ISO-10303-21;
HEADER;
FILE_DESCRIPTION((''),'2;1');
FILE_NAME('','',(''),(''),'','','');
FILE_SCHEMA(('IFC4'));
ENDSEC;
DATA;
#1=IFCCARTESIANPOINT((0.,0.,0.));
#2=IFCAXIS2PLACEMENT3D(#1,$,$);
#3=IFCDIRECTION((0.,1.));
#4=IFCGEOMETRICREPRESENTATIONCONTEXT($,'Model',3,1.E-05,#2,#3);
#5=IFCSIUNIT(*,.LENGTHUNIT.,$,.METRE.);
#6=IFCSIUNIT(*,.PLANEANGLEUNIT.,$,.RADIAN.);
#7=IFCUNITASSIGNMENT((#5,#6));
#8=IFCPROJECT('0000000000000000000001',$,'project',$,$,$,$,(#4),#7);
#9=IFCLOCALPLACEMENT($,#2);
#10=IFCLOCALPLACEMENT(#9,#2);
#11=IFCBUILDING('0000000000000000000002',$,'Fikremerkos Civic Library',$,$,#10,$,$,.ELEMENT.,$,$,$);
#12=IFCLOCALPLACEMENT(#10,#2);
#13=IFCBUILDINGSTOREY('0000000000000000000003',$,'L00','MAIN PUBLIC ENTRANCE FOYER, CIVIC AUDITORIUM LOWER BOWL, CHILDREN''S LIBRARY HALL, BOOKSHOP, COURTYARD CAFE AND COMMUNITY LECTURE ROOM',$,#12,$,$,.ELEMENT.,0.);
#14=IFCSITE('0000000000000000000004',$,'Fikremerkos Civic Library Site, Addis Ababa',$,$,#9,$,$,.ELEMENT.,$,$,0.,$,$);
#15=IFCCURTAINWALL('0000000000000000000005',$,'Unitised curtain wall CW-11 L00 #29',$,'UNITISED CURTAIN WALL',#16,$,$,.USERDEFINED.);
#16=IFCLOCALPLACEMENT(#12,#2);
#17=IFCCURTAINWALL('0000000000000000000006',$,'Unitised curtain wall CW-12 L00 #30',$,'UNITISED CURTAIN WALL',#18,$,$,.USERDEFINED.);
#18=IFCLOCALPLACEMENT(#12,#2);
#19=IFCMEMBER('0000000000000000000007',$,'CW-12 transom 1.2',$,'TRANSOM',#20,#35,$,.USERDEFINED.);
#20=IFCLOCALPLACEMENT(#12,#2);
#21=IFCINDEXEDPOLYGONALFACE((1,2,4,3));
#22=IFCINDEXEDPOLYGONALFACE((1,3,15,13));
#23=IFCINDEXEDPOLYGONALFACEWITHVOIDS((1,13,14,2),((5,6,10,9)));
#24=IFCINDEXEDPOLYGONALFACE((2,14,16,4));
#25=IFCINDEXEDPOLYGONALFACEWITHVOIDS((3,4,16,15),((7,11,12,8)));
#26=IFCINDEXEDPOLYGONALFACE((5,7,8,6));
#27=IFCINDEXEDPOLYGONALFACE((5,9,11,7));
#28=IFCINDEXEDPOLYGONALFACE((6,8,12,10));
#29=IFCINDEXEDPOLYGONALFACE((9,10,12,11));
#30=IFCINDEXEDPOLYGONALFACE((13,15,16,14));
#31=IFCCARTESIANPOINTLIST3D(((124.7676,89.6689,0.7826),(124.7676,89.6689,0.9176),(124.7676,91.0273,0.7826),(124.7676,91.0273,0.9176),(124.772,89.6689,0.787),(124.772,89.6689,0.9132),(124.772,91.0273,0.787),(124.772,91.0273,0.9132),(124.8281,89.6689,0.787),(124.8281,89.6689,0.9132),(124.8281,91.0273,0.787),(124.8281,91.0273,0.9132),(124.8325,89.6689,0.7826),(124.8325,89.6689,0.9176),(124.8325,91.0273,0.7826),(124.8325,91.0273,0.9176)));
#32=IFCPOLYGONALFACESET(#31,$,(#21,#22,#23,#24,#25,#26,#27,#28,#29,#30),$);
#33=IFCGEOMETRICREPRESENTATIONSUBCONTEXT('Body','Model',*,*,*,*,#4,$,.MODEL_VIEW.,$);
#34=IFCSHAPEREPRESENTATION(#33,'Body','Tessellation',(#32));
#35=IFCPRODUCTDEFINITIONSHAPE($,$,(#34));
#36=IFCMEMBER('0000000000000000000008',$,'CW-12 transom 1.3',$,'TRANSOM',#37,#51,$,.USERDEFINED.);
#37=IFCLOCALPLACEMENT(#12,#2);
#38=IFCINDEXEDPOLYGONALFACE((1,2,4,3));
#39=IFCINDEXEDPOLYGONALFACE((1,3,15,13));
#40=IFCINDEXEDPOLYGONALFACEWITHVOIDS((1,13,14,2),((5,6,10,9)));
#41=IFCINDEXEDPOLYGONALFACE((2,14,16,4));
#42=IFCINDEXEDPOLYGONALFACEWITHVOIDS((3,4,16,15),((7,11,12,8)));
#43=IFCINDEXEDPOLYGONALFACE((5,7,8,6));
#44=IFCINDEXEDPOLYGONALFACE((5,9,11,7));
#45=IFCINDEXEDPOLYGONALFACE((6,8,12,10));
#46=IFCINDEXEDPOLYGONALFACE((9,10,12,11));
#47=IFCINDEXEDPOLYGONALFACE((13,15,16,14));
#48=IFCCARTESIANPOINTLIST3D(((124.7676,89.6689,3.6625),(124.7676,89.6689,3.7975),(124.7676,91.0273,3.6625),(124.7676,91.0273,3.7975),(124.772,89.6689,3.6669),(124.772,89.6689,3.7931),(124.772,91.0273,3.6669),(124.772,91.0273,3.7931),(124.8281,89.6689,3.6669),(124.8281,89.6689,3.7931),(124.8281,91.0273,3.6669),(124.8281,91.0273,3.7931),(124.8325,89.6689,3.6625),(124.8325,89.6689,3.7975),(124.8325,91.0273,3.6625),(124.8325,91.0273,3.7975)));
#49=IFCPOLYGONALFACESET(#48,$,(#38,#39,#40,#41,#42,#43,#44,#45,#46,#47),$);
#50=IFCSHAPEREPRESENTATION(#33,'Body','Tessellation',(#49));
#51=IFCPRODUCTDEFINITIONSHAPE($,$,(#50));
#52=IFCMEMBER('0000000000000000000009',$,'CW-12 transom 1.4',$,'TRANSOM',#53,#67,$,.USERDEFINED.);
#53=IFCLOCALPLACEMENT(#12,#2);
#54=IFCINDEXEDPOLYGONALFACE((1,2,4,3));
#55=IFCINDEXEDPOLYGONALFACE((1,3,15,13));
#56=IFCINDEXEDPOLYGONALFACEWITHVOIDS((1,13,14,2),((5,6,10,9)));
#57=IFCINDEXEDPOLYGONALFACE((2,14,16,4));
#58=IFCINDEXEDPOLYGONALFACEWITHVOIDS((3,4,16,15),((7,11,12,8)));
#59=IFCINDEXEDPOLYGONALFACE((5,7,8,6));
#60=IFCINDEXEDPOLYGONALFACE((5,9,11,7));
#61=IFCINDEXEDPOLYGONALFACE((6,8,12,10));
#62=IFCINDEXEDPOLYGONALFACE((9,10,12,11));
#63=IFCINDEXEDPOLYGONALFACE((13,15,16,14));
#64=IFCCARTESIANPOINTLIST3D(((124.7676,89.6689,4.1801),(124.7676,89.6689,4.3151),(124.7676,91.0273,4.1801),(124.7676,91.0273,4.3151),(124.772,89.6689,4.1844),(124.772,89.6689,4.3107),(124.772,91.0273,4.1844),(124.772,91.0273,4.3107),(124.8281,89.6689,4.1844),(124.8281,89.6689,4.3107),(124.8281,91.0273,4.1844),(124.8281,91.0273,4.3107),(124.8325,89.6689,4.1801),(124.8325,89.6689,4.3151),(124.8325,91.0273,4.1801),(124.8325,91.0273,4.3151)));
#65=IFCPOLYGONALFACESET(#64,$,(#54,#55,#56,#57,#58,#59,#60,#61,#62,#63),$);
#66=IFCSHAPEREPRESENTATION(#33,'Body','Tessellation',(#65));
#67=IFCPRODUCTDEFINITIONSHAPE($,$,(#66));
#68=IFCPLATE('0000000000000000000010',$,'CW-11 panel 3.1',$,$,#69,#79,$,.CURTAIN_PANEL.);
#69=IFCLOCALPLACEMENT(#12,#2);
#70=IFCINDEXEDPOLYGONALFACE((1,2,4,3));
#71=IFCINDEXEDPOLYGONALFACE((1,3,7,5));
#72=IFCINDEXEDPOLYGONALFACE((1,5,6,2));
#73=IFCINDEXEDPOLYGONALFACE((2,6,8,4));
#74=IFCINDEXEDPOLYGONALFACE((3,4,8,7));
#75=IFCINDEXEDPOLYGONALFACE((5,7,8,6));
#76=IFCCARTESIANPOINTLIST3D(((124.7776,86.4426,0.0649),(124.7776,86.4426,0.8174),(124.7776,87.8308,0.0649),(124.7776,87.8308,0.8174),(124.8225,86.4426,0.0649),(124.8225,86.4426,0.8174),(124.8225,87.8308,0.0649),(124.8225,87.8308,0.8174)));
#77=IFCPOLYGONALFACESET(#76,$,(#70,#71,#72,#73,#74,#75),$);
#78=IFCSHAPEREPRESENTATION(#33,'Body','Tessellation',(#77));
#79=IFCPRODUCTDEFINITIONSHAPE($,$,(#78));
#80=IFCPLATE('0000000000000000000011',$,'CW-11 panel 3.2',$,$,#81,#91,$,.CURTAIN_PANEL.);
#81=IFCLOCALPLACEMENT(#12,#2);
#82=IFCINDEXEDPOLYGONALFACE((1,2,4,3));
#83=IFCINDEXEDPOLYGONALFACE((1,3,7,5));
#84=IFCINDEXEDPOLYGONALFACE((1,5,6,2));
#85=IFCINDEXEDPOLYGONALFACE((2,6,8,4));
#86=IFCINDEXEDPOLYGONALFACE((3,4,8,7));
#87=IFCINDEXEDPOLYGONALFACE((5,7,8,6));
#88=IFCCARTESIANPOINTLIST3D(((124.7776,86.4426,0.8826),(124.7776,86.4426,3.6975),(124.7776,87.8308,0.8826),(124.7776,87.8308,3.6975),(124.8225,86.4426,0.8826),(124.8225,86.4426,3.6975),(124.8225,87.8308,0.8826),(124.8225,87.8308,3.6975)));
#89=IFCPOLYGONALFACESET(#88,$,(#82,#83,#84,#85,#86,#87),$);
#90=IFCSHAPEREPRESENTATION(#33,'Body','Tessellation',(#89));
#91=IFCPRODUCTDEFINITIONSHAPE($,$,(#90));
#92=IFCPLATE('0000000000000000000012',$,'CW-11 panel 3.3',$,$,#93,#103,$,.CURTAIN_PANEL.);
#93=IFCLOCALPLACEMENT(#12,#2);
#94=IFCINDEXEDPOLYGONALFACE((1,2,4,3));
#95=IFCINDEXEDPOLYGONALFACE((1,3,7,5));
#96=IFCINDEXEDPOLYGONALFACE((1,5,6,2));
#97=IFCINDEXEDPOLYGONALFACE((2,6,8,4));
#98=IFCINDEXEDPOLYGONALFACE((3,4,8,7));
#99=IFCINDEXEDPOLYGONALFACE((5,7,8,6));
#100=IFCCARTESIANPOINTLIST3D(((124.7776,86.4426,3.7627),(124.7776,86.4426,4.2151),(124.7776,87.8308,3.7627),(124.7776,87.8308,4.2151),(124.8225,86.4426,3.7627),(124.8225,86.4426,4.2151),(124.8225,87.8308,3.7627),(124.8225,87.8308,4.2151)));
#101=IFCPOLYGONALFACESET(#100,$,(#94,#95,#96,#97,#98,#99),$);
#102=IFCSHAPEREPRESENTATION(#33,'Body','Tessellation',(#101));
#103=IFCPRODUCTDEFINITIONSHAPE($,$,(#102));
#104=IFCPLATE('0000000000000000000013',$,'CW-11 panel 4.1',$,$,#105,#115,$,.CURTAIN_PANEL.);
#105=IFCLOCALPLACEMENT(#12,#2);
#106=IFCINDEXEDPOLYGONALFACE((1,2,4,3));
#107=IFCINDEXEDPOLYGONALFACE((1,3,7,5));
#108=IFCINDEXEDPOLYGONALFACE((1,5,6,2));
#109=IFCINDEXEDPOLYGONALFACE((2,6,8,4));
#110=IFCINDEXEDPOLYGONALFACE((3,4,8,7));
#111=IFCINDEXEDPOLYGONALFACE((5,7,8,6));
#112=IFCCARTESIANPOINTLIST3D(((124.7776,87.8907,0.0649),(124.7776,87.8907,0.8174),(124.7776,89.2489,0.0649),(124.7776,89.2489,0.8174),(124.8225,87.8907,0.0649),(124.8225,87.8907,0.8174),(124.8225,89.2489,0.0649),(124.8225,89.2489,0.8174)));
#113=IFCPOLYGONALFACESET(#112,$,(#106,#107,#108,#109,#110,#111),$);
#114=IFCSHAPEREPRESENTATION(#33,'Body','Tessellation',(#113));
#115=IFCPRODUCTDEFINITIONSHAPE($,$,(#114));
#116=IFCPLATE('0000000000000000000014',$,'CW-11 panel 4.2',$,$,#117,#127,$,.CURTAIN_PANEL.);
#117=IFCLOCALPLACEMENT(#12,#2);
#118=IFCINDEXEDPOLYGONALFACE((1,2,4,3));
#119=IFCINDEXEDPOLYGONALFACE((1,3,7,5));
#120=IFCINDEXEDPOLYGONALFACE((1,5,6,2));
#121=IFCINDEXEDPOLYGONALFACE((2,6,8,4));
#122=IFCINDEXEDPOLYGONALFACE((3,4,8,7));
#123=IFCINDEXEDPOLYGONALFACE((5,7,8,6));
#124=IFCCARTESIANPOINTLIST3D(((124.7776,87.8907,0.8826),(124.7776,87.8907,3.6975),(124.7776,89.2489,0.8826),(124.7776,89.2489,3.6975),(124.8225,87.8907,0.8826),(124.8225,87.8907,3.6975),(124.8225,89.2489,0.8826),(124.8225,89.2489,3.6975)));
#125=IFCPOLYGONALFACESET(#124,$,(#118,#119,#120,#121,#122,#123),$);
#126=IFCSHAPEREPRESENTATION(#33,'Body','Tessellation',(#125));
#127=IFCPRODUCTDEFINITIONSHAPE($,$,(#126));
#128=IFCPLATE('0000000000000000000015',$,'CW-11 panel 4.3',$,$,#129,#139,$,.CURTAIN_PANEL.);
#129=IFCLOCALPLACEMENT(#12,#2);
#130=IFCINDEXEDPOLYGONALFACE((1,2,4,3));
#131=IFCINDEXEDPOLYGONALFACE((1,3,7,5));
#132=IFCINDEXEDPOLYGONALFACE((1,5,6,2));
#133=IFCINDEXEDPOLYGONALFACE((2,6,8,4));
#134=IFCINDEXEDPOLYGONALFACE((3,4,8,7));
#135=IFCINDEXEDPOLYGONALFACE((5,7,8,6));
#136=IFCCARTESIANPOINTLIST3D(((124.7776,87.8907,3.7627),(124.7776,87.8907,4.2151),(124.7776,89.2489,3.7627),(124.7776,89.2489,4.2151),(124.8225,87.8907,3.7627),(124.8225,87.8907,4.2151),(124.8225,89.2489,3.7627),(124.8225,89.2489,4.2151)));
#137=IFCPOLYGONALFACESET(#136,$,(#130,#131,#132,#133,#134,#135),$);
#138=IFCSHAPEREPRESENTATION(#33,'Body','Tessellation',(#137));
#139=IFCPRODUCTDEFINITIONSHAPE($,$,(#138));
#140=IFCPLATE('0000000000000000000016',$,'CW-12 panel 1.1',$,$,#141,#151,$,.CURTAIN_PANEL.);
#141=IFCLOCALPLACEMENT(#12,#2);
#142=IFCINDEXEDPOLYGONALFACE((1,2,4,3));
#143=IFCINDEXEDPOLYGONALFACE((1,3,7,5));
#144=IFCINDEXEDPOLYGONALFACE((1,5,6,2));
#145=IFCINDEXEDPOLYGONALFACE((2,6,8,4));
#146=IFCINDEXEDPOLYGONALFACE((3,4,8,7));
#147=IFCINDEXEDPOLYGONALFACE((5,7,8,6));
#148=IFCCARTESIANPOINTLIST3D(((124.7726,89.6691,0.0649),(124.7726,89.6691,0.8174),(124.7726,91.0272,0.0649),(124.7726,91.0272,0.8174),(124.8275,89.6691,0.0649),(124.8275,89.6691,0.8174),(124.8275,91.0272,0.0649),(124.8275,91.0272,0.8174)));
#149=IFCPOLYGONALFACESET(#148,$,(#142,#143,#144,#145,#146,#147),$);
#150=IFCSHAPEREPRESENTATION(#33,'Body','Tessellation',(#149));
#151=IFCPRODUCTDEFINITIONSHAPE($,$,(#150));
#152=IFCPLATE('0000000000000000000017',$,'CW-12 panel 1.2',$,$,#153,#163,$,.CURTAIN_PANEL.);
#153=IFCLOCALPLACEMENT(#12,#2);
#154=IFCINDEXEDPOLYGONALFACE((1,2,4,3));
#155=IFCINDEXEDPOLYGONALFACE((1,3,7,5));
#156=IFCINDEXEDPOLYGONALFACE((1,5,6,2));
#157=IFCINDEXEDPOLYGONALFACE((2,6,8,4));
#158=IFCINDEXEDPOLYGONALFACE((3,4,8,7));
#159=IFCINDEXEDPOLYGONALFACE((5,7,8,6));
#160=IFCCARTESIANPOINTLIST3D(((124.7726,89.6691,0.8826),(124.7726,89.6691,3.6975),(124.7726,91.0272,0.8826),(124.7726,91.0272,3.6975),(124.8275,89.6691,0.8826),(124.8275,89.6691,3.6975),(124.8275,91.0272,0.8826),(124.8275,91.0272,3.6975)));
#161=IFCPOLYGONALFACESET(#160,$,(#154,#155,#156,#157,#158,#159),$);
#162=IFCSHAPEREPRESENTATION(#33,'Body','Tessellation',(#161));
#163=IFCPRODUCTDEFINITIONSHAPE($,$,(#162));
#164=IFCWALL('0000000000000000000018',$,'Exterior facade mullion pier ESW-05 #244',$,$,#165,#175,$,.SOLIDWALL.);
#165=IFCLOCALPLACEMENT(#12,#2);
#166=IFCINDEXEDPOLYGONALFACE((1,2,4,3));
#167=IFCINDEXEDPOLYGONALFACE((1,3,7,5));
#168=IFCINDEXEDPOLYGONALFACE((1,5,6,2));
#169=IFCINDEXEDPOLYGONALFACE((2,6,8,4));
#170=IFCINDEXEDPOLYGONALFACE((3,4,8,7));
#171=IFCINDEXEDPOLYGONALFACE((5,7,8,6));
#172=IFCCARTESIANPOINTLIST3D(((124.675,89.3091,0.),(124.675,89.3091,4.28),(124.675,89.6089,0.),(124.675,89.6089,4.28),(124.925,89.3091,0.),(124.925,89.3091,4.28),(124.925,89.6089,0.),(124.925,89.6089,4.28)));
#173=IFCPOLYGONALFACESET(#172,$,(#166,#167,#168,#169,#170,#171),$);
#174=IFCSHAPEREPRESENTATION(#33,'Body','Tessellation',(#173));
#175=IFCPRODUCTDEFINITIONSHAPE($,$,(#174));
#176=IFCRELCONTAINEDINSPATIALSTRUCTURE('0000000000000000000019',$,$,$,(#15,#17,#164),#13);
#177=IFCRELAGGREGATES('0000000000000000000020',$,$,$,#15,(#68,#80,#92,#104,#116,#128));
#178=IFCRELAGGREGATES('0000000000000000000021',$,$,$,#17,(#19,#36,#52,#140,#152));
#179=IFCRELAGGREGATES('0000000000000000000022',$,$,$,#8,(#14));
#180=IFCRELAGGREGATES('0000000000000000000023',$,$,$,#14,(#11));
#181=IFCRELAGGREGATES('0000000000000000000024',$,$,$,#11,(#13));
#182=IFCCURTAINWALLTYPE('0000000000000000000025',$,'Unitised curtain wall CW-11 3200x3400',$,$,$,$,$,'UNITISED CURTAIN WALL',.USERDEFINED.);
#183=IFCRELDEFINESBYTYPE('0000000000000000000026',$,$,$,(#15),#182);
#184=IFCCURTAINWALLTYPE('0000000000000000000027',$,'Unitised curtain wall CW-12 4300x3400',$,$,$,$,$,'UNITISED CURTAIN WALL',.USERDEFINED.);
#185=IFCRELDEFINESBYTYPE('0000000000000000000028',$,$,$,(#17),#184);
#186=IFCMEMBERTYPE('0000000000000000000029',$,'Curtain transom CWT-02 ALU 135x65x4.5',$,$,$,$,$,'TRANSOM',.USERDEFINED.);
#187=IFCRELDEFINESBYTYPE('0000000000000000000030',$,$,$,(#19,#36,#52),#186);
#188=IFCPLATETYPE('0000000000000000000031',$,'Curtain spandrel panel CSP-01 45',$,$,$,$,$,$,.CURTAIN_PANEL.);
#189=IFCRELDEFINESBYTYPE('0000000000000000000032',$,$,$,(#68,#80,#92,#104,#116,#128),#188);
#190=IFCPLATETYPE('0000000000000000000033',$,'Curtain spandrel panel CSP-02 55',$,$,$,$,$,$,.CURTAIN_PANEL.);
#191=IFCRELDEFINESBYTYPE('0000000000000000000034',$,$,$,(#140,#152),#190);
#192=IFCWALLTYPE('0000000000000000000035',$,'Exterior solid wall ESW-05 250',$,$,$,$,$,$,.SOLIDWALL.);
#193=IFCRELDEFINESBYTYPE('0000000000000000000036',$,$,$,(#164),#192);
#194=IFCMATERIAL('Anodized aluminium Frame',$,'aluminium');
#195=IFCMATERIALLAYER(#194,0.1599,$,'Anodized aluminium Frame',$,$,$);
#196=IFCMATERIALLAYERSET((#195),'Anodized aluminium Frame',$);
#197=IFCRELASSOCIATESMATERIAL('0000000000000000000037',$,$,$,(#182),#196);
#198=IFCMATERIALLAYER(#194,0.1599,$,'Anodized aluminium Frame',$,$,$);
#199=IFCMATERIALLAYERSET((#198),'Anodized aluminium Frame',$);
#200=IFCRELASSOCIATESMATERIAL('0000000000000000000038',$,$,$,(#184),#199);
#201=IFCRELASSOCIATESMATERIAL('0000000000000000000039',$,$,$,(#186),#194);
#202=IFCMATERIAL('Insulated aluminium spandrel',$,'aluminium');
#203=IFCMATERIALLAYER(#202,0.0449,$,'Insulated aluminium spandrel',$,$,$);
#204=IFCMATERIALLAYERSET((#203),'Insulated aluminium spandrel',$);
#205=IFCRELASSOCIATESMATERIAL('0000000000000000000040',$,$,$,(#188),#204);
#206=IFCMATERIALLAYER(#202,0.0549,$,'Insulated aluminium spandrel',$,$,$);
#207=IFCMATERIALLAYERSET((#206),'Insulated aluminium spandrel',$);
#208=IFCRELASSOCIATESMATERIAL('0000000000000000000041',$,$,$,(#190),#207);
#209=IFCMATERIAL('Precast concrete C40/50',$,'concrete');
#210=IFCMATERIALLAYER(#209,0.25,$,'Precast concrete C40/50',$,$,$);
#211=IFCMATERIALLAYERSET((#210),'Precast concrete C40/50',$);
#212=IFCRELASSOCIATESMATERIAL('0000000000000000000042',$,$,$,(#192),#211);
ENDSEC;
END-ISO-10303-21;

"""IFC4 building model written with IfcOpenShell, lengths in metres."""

from ifc_helpers import new_model, si_unit, direction, frame, frame_2d, origin, origin_2d, place, context, subcontext, project, spatial, rectangle, hollow_rectangle, extrude, material, layer, layer_set, material_profile, profile_set, type_object, element, aggregate, save


model = new_model("IFC4")

# Units and contexts
model_context = context("Model", 3, precision=1e-05, world=origin(), true_north=direction((0.0, 1.0)))
body_context = subcontext(model_context, "Body", "Model", "MODEL_VIEW")
ifc_project = project(units=[si_unit("LENGTHUNIT", "METRE"), si_unit("PLANEANGLEUNIT", "RADIAN")], contexts=[model_context])

# Site, building, storey
site_placement = place(None, origin())
site = spatial("IfcSite", under=ifc_project, at=site_placement, Name="Fikremerkos Civic Library Site, Addis Ababa", CompositionType="ELEMENT", RefElevation=0.0)
building_placement = place(site_placement, origin())
building = spatial("IfcBuilding", under=site, at=building_placement, Name="Fikremerkos Civic Library", CompositionType="ELEMENT")
storey_placement = place(building_placement, origin())
storey = spatial("IfcBuildingStorey", under=building, at=storey_placement, Name="L00", Description="MAIN PUBLIC ENTRANCE FOYER, CIVIC AUDITORIUM LOWER BOWL, CHILDREN'S LIBRARY HALL, BOOKSHOP, COURTYARD CAFE AND COMMUNITY LECTURE ROOM", CompositionType="ELEMENT", Elevation=0.0)

# Curtain wall
ifc_material_1 = material(Name="Anodized aluminium Frame", Category="aluminium")
ifc_layer_1 = layer(ifc_material_1, 0.1599, Name="Anodized aluminium Frame")
ifc_layer_set_1 = layer_set([ifc_layer_1], Name="Anodized aluminium Frame")
curtain_wall_type_1 = type_object("IfcCurtainWallType", Name="Unitised curtain wall CW-11 3200x3400", ElementType="UNITISED CURTAIN WALL", PredefinedType="USERDEFINED", material=ifc_layer_set_1)
curtain_wall_1_placement = place(storey_placement, origin())
curtain_wall_1 = element("IfcCurtainWall", 1, at=curtain_wall_1_placement, inside=storey, type_object=curtain_wall_type_1, Name="Unitised curtain wall CW-11 L00 #29", ObjectType="UNITISED CURTAIN WALL", PredefinedType="USERDEFINED")

# Curtain wall
ifc_layer_2 = layer(ifc_material_1, 0.1599, Name="Anodized aluminium Frame")
ifc_layer_set_2 = layer_set([ifc_layer_2], Name="Anodized aluminium Frame")
curtain_wall_type_2 = type_object("IfcCurtainWallType", Name="Unitised curtain wall CW-12 4300x3400", ElementType="UNITISED CURTAIN WALL", PredefinedType="USERDEFINED", material=ifc_layer_set_2)
curtain_wall_2_placement = place(storey_placement, origin())
curtain_wall_2 = element("IfcCurtainWall", 2, at=curtain_wall_2_placement, inside=storey, type_object=curtain_wall_type_2, Name="Unitised curtain wall CW-12 L00 #30", ObjectType="UNITISED CURTAIN WALL", PredefinedType="USERDEFINED")

# Members
ifc_material_profile_1 = material_profile(ifc_material_1, hollow_rectangle(XDim=0.0649, YDim=0.135, WallThickness=0.0044, at=origin_2d()), Name="ALU 135x65x4.5")
ifc_profile_set_1 = profile_set([ifc_material_profile_1], Name="Anodized aluminium Frame")
member_type_1 = type_object("IfcMemberType", Name="Curtain transom CWT-02 ALU 135x65x4.5", ElementType="TRANSOM", PredefinedType="USERDEFINED", material=ifc_profile_set_1)
member_1_placement = place(storey_placement, frame((124.8, 89.6689, 0.8501), z_axis=(0.0, 1.0, 0.0), x_axis=(-1.0, 0.0, 0.0)))
member_1 = element("IfcMember", 3, at=member_1_placement, type_object=member_type_1, Name="CW-12 transom 1.2", ObjectType="TRANSOM", PredefinedType="USERDEFINED", context=body_context, shape_type="SweptSolid", body=[
    extrude(hollow_rectangle(XDim=0.0649, YDim=0.135, WallThickness=0.0044, at=origin_2d()), origin(), (0.0, 0.0, 1.0), 1.3584),
])
member_2_placement = place(storey_placement, frame((124.8, 89.6689, 3.73), z_axis=(0.0, 1.0, 0.0), x_axis=(-1.0, 0.0, 0.0)))
member_2 = element("IfcMember", 4, at=member_2_placement, type_object=member_type_1, Name="CW-12 transom 1.3", ObjectType="TRANSOM", PredefinedType="USERDEFINED", context=body_context, shape_type="SweptSolid", body=[
    extrude(hollow_rectangle(XDim=0.0649, YDim=0.135, WallThickness=0.0044, at=origin_2d()), origin(), (0.0, 0.0, 1.0), 1.3584),
])
member_3_placement = place(storey_placement, frame((124.8, 89.6689, 4.2476), z_axis=(0.0, 1.0, 0.0), x_axis=(-1.0, 0.0, 0.0)))
member_3 = element("IfcMember", 5, at=member_3_placement, type_object=member_type_1, Name="CW-12 transom 1.4", ObjectType="TRANSOM", PredefinedType="USERDEFINED", context=body_context, shape_type="SweptSolid", body=[
    extrude(hollow_rectangle(XDim=0.0649, YDim=0.135, WallThickness=0.0044, at=origin_2d()), origin(), (0.0, 0.0, 1.0), 1.3584),
])

# Plates
ifc_material_2 = material(Name="Insulated aluminium spandrel", Category="aluminium")
ifc_layer_3 = layer(ifc_material_2, 0.0449, Name="Insulated aluminium spandrel")
ifc_layer_set_3 = layer_set([ifc_layer_3], Name="Insulated aluminium spandrel")
plate_type_1 = type_object("IfcPlateType", Name="Curtain spandrel panel CSP-01 45", PredefinedType="CURTAIN_PANEL", material=ifc_layer_set_3)
plate_1_placement = place(storey_placement, frame((124.8, 87.1367, 0.0649), z_axis=(0.0, 0.0, 1.0), x_axis=(0.0, 1.0, 0.0)))
plate_1 = element("IfcPlate", 6, at=plate_1_placement, type_object=plate_type_1, Name="CW-11 panel 3.1", PredefinedType="CURTAIN_PANEL", context=body_context, shape_type="SweptSolid", body=[
    extrude(rectangle(XDim=1.3882, YDim=0.0449, at=origin_2d()), origin(), (0.0, 0.0, 1.0), 0.7524),
])
plate_2_placement = place(storey_placement, frame((124.8, 87.1367, 0.8826), z_axis=(0.0, 0.0, 1.0), x_axis=(0.0, 1.0, 0.0)))
plate_2 = element("IfcPlate", 7, at=plate_2_placement, type_object=plate_type_1, Name="CW-11 panel 3.2", PredefinedType="CURTAIN_PANEL", context=body_context, shape_type="SweptSolid", body=[
    extrude(rectangle(XDim=1.3882, YDim=0.0449, at=origin_2d()), origin(), (0.0, 0.0, 1.0), 2.8149),
])
plate_3_placement = place(storey_placement, frame((124.8, 87.1367, 3.7627), z_axis=(0.0, 0.0, 1.0), x_axis=(0.0, 1.0, 0.0)))
plate_3 = element("IfcPlate", 8, at=plate_3_placement, type_object=plate_type_1, Name="CW-11 panel 3.3", PredefinedType="CURTAIN_PANEL", context=body_context, shape_type="SweptSolid", body=[
    extrude(rectangle(XDim=1.3882, YDim=0.0449, at=origin_2d()), origin(), (0.0, 0.0, 1.0), 0.4524),
])
plate_4_placement = place(storey_placement, frame((124.8, 88.5698, 0.0649), z_axis=(0.0, 0.0, 1.0), x_axis=(0.0, 1.0, 0.0)))
plate_4 = element("IfcPlate", 9, at=plate_4_placement, type_object=plate_type_1, Name="CW-11 panel 4.1", PredefinedType="CURTAIN_PANEL", context=body_context, shape_type="SweptSolid", body=[
    extrude(rectangle(XDim=1.3582, YDim=0.0449, at=origin_2d()), origin(), (0.0, 0.0, 1.0), 0.7524),
])
plate_5_placement = place(storey_placement, frame((124.8, 88.5698, 0.8826), z_axis=(0.0, 0.0, 1.0), x_axis=(0.0, 1.0, 0.0)))
plate_5 = element("IfcPlate", 10, at=plate_5_placement, type_object=plate_type_1, Name="CW-11 panel 4.2", PredefinedType="CURTAIN_PANEL", context=body_context, shape_type="SweptSolid", body=[
    extrude(rectangle(XDim=1.3582, YDim=0.0449, at=origin_2d()), origin(), (0.0, 0.0, 1.0), 2.8149),
])
plate_6_placement = place(storey_placement, frame((124.8, 88.5698, 3.7627), z_axis=(0.0, 0.0, 1.0), x_axis=(0.0, 1.0, 0.0)))
plate_6 = element("IfcPlate", 11, at=plate_6_placement, type_object=plate_type_1, Name="CW-11 panel 4.3", PredefinedType="CURTAIN_PANEL", context=body_context, shape_type="SweptSolid", body=[
    extrude(rectangle(XDim=1.3582, YDim=0.0449, at=origin_2d()), origin(), (0.0, 0.0, 1.0), 0.4524),
])
aggregate(curtain_wall_1, [plate_1, plate_2, plate_3, plate_4, plate_5, plate_6])
ifc_layer_4 = layer(ifc_material_2, 0.0549, Name="Insulated aluminium spandrel")
ifc_layer_set_4 = layer_set([ifc_layer_4], Name="Insulated aluminium spandrel")
plate_type_2 = type_object("IfcPlateType", Name="Curtain spandrel panel CSP-02 55", PredefinedType="CURTAIN_PANEL", material=ifc_layer_set_4)
plate_7_placement = place(storey_placement, frame((124.8, 90.3481, 0.0649), z_axis=(0.0, 0.0, 1.0), x_axis=(0.0, 1.0, 0.0)))
plate_7 = element("IfcPlate", 12, at=plate_7_placement, type_object=plate_type_2, Name="CW-12 panel 1.1", PredefinedType="CURTAIN_PANEL", context=body_context, shape_type="SweptSolid", body=[
    extrude(rectangle(XDim=1.3582, YDim=0.0549, at=origin_2d()), origin(), (0.0, 0.0, 1.0), 0.7524),
])
plate_8_placement = place(storey_placement, frame((124.8, 90.3481, 0.8826), z_axis=(0.0, 0.0, 1.0), x_axis=(0.0, 1.0, 0.0)))
plate_8 = element("IfcPlate", 13, at=plate_8_placement, type_object=plate_type_2, Name="CW-12 panel 1.2", PredefinedType="CURTAIN_PANEL", context=body_context, shape_type="SweptSolid", body=[
    extrude(rectangle(XDim=1.3582, YDim=0.0549, at=origin_2d()), origin(), (0.0, 0.0, 1.0), 2.8149),
])
aggregate(curtain_wall_2, [member_1, member_2, member_3, plate_7, plate_8])

# Wall
ifc_material_3 = material(Name="Precast concrete C40/50", Category="concrete")
ifc_layer_5 = layer(ifc_material_3, 0.25, Name="Precast concrete C40/50")
ifc_layer_set_5 = layer_set([ifc_layer_5], Name="Precast concrete C40/50")
wall_type = type_object("IfcWallType", Name="Exterior solid wall ESW-05 250", PredefinedType="SOLIDWALL", material=ifc_layer_set_5)
wall_placement = place(storey_placement, frame((124.8, 89.3091, 0.0), z_axis=(0.0, 0.0, 1.0), x_axis=(0.0, 1.0, 0.0)))
element("IfcWall", 14, at=wall_placement, inside=storey, type_object=wall_type, Name="Exterior facade mullion pier ESW-05 #244", PredefinedType="SOLIDWALL", context=body_context, shape_type="SweptSolid", body=[
    extrude(rectangle(XDim=0.2998, YDim=0.25, at=frame_2d((0.1499, 0.0))), origin(), (0.0, 0.0, 1.0), 4.28),
])

save(model, "model.ifc")
